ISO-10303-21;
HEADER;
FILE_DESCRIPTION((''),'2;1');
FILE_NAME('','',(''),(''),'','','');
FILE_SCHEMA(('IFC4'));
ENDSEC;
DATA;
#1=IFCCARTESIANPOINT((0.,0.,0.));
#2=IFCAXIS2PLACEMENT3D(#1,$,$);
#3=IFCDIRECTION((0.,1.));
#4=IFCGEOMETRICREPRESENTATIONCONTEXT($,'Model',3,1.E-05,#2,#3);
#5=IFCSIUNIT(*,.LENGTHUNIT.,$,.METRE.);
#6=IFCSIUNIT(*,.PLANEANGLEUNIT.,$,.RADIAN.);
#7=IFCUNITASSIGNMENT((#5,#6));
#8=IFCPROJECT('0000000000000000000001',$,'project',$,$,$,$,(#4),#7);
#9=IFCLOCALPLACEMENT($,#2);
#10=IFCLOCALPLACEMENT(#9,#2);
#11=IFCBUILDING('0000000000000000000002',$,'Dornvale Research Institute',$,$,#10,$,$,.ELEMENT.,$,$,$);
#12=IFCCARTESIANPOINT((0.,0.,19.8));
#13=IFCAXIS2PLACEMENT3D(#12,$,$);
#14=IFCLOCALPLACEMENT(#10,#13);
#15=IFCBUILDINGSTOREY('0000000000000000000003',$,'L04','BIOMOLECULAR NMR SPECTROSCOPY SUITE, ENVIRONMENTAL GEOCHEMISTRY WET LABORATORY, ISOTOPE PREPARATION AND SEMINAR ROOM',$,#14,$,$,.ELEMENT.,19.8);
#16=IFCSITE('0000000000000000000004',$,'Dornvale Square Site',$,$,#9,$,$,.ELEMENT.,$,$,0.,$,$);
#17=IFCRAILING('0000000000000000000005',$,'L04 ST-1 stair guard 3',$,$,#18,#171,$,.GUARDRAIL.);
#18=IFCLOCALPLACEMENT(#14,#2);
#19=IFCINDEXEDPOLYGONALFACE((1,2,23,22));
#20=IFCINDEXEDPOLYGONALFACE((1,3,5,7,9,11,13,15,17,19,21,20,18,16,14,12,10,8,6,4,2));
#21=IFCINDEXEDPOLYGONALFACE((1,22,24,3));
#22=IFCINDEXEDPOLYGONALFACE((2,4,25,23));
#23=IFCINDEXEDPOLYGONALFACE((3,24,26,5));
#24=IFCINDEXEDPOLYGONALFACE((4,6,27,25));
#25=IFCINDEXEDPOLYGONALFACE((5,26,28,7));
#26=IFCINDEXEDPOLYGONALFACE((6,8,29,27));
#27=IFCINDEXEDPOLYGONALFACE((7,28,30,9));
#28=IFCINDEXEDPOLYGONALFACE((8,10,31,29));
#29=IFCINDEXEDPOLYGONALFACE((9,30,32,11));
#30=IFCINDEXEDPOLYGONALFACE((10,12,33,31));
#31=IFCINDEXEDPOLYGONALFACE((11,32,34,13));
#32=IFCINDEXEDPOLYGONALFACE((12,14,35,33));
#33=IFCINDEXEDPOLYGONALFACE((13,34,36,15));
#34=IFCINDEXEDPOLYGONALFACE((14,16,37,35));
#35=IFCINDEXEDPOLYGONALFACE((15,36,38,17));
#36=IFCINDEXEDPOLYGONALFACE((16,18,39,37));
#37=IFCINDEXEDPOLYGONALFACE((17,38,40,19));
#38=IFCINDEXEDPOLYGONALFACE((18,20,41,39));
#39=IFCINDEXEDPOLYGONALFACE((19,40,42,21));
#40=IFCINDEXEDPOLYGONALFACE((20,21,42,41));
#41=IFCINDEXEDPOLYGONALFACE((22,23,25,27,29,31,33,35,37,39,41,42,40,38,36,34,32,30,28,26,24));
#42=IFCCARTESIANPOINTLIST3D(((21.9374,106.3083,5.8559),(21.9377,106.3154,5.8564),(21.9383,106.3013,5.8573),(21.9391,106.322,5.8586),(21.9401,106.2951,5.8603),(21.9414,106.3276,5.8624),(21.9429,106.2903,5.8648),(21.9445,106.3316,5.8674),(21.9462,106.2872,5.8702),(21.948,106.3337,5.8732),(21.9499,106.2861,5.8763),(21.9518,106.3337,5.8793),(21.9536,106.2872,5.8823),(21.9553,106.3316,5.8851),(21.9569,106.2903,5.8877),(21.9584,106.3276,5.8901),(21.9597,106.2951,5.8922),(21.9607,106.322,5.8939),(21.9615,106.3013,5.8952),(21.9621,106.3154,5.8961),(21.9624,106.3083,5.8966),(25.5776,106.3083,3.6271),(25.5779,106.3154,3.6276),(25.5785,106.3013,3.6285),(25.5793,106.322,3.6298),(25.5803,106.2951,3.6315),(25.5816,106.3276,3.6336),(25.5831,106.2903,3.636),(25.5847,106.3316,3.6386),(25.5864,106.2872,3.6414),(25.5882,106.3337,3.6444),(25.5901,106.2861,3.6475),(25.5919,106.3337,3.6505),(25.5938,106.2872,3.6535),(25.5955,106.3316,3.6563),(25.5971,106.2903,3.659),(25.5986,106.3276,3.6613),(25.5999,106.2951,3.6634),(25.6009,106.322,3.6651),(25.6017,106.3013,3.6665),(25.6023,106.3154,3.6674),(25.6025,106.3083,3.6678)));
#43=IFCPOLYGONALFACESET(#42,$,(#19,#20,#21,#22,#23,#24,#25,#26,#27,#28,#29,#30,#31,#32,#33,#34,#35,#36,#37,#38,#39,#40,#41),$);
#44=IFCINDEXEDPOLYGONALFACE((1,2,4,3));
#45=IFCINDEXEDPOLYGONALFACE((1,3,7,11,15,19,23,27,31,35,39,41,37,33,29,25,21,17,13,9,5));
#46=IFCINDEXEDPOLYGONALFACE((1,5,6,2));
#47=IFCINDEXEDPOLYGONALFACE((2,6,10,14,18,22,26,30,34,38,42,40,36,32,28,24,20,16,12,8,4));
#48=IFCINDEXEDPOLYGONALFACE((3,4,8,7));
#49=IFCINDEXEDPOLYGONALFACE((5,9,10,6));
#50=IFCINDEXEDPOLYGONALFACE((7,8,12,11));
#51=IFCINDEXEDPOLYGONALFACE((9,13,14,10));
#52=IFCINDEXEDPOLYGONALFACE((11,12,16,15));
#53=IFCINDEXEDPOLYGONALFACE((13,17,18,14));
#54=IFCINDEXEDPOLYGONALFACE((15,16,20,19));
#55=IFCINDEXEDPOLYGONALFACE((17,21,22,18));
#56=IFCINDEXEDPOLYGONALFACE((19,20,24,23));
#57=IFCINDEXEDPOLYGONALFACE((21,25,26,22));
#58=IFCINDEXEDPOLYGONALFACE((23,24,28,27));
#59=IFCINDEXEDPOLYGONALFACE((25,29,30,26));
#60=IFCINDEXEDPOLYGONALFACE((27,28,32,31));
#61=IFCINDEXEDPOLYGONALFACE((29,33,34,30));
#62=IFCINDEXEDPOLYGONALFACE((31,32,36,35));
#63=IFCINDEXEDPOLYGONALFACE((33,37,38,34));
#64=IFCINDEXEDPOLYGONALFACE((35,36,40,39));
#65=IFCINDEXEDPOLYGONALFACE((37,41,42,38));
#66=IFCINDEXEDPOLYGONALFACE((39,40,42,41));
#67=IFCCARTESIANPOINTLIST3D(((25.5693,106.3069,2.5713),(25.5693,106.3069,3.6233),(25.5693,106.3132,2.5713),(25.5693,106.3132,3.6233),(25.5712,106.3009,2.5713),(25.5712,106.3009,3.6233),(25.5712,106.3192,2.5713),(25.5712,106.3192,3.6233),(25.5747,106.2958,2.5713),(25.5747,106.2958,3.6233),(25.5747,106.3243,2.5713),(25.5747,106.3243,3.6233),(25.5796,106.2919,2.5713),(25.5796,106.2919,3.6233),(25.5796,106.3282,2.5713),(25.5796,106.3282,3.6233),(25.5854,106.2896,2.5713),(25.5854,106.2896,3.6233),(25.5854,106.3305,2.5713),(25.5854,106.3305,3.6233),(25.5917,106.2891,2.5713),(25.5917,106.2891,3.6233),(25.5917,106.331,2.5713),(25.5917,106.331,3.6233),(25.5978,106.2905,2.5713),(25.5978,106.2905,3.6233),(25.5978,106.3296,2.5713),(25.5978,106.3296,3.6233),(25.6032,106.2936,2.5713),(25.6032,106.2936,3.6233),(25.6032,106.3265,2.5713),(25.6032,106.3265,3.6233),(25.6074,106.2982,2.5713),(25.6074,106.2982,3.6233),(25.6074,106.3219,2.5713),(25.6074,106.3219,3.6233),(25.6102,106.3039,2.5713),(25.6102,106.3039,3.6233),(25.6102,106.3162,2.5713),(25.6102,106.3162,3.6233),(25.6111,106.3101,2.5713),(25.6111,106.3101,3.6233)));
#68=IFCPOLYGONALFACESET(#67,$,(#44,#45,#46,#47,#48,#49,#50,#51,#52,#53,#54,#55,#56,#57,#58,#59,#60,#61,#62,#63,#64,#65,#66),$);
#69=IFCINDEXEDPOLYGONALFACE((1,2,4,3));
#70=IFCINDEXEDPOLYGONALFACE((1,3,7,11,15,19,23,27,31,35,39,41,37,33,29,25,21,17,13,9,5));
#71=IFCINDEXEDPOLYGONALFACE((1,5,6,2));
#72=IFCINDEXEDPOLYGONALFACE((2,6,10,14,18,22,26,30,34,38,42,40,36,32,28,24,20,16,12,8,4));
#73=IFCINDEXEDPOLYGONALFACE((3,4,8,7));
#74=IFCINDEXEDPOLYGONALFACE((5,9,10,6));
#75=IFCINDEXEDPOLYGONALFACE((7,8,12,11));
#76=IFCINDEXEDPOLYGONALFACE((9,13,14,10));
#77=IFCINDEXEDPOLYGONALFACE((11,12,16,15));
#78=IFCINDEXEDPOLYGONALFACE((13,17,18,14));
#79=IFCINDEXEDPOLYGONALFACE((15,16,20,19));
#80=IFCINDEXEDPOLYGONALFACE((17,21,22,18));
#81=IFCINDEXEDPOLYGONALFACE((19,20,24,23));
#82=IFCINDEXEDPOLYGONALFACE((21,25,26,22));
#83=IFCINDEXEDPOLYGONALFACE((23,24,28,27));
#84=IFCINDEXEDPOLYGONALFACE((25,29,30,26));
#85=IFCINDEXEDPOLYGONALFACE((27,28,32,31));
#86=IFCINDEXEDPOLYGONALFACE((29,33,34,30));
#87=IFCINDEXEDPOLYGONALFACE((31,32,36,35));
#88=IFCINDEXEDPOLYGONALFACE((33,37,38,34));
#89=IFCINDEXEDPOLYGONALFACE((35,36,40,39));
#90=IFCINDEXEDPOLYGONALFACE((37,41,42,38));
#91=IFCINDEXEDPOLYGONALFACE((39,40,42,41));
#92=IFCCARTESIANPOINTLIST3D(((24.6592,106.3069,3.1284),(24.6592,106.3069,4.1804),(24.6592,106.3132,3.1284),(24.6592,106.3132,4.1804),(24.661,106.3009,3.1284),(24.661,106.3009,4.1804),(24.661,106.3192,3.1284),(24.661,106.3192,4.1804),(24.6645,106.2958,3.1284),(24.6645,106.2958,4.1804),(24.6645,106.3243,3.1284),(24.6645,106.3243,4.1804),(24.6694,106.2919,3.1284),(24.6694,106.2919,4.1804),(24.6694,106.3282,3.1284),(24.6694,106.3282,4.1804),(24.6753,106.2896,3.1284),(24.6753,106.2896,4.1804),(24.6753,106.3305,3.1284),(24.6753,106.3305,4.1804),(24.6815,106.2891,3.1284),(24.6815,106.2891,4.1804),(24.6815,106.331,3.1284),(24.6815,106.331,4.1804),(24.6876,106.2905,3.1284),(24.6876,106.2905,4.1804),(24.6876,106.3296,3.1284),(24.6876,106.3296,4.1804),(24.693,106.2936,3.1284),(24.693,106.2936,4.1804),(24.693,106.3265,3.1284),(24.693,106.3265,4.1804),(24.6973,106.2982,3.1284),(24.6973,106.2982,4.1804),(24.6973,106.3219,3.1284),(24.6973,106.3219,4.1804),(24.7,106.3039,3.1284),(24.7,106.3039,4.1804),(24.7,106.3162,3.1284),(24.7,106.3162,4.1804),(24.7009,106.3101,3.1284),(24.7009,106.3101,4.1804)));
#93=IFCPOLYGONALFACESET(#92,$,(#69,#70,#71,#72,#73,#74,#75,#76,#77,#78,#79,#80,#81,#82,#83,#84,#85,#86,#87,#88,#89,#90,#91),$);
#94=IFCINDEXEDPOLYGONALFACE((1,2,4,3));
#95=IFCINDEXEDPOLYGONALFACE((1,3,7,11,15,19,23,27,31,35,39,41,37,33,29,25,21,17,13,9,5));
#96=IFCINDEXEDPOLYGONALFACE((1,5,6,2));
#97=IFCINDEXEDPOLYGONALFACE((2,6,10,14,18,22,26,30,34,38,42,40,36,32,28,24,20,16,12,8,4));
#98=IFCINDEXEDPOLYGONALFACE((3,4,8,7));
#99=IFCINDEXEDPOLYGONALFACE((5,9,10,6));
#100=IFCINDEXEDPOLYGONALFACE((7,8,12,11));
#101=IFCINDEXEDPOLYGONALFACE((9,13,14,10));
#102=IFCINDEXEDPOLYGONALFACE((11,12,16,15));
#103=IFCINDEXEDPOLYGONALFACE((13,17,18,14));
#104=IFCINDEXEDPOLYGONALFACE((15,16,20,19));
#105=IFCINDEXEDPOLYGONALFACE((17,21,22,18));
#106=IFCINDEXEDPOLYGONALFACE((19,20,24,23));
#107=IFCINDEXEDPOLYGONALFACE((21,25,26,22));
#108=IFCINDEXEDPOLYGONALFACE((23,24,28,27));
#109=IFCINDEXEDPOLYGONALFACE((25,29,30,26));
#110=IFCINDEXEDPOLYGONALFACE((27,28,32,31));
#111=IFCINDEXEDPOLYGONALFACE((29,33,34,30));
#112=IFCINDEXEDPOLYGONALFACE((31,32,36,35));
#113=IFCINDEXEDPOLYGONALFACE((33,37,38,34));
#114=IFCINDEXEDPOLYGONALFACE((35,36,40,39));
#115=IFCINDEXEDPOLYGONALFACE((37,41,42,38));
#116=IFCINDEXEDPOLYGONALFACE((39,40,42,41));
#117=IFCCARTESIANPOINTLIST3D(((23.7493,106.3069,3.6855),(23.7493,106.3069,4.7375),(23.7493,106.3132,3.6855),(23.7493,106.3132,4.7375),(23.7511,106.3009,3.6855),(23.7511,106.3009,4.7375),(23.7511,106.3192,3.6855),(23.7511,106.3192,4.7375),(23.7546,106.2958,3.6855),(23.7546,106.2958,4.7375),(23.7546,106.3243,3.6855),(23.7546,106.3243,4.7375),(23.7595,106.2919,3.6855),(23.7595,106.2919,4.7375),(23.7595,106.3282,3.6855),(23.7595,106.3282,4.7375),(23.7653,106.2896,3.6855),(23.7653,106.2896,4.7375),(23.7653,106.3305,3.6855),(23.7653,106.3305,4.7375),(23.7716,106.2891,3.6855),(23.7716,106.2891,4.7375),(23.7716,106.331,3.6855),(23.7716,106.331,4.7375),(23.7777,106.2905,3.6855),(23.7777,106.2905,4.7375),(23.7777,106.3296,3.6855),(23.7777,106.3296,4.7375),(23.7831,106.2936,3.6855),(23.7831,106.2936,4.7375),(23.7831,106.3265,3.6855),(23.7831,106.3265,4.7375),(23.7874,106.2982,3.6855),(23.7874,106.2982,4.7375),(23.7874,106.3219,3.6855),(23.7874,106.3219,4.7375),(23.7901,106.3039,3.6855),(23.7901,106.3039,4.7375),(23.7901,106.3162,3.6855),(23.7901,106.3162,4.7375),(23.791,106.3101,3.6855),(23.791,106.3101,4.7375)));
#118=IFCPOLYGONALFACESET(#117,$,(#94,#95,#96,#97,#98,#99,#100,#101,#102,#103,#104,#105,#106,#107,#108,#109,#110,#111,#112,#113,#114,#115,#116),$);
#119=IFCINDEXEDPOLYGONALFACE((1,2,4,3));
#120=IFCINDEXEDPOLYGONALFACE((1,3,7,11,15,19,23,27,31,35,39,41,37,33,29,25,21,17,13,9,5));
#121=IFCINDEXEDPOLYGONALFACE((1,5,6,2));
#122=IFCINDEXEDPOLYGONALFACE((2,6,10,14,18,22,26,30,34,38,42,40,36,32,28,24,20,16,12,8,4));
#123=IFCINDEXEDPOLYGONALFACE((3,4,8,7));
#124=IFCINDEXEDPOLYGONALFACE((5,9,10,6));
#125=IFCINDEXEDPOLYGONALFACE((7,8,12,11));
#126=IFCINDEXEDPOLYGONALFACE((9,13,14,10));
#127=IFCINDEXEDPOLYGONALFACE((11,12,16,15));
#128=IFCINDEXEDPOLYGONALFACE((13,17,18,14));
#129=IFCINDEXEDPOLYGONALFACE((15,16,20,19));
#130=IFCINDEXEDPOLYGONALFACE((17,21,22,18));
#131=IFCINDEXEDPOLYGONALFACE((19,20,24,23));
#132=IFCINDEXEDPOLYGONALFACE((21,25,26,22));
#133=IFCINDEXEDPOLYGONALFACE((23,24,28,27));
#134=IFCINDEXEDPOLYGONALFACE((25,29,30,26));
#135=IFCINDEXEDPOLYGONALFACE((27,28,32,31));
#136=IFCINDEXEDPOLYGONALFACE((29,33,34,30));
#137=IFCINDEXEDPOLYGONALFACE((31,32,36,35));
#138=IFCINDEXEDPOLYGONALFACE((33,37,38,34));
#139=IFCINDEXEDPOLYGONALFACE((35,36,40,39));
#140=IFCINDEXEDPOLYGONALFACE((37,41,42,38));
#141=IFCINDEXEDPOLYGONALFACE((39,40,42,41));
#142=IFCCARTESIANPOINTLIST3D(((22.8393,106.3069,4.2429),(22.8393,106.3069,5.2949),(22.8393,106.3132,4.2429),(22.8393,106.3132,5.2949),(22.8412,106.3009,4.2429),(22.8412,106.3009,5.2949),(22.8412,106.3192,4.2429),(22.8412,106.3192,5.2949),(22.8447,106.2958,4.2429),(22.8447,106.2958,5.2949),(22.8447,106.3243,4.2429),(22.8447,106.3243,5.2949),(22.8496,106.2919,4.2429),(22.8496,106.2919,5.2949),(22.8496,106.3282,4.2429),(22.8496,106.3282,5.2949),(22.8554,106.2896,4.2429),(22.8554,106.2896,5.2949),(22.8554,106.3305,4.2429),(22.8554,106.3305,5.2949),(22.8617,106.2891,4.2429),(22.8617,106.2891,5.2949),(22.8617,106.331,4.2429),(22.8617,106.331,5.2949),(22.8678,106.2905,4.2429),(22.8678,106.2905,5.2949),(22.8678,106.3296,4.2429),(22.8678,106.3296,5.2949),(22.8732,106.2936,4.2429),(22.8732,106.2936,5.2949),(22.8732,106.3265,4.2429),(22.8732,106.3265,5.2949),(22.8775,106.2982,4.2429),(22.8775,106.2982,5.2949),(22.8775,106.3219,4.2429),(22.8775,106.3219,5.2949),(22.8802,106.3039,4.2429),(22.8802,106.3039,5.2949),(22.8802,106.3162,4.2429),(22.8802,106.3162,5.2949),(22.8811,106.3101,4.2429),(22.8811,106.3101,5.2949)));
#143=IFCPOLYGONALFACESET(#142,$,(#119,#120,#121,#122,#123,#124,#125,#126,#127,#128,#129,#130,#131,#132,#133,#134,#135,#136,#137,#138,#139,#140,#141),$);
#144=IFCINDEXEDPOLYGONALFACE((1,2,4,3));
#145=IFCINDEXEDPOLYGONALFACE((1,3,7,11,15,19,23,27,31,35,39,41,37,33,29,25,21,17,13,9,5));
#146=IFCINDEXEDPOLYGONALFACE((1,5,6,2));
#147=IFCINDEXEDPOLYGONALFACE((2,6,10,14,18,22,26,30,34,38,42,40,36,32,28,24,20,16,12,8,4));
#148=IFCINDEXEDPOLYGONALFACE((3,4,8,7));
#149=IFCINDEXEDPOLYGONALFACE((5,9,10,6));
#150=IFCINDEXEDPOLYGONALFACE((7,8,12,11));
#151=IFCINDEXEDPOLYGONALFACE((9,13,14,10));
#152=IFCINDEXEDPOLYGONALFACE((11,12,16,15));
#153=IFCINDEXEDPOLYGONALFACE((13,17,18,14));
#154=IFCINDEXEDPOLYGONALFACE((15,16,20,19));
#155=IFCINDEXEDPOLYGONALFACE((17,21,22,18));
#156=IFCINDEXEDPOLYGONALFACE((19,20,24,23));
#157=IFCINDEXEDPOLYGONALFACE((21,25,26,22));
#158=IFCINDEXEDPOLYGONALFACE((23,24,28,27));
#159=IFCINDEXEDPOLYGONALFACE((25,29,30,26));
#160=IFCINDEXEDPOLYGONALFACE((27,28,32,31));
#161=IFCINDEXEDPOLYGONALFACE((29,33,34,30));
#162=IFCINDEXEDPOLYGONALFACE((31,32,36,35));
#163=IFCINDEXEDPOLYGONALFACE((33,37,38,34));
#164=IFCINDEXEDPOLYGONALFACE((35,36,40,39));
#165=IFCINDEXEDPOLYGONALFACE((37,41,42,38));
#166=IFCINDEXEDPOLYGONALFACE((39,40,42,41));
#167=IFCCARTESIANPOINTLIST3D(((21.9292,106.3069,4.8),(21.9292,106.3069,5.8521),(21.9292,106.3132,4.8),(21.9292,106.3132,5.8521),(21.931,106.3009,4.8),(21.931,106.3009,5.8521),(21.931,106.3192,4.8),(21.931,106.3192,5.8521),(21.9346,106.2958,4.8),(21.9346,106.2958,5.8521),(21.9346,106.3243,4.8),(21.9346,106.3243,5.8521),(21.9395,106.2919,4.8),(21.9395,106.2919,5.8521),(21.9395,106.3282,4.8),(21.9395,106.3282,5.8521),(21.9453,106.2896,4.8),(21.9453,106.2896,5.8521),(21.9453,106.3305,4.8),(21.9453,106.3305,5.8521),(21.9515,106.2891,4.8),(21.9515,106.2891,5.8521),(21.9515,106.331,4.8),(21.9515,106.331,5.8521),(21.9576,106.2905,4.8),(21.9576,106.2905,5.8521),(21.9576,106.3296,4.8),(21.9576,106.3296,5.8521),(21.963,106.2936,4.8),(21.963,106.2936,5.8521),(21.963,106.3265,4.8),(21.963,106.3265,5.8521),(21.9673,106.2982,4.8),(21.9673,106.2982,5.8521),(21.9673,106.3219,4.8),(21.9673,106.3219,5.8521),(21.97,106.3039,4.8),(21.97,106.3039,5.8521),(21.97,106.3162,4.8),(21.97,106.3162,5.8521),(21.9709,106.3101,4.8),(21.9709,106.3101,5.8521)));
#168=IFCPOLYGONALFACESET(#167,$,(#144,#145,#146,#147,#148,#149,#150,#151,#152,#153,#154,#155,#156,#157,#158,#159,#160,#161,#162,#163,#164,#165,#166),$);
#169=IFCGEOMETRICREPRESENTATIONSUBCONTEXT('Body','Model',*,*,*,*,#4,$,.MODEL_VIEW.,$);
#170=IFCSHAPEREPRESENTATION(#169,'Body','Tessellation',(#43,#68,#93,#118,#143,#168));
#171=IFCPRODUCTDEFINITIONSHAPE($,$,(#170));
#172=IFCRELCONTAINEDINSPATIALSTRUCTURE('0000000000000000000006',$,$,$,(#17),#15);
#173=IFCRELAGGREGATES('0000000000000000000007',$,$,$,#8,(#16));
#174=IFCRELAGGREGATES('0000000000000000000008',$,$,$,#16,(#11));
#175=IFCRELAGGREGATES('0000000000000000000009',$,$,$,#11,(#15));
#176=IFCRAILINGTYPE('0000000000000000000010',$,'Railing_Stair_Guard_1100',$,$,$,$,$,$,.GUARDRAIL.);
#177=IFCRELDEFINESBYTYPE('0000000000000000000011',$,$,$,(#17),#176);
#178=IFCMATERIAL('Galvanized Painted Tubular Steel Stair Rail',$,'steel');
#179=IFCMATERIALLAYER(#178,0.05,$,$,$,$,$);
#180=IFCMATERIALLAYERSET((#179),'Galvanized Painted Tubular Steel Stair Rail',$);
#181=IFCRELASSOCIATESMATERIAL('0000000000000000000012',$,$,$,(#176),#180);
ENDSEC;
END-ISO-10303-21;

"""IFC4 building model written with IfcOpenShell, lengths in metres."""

from ifc_helpers import new_model, si_unit, direction, frame, origin, origin_2d, place, context, subcontext, project, spatial, circle, extrude, material, layer, layer_set, type_object, element, save


model = new_model("IFC4")

# Units and contexts
model_context = context("Model", 3, precision=1e-05, world=origin(), true_north=direction((0.0, 1.0)))
body_context = subcontext(model_context, "Body", "Model", "MODEL_VIEW")
ifc_project = project(units=[si_unit("LENGTHUNIT", "METRE"), si_unit("PLANEANGLEUNIT", "RADIAN")], contexts=[model_context])

# Site, building, storey
site_placement = place(None, origin())
site = spatial("IfcSite", under=ifc_project, at=site_placement, Name="Dornvale Square Site", CompositionType="ELEMENT", RefElevation=0.0)
building_placement = place(site_placement, origin())
building = spatial("IfcBuilding", under=site, at=building_placement, Name="Dornvale Research Institute", CompositionType="ELEMENT")
storey_placement = place(building_placement, frame((0.0, 0.0, 19.8)))
storey = spatial("IfcBuildingStorey", under=building, at=storey_placement, Name="L04", Description="BIOMOLECULAR NMR SPECTROSCOPY SUITE, ENVIRONMENTAL GEOCHEMISTRY WET LABORATORY, ISOTOPE PREPARATION AND SEMINAR ROOM", CompositionType="ELEMENT", Elevation=19.8)

# Railing
ifc_material_1 = material(Name="Galvanized Painted Tubular Steel Stair Rail", Category="steel")
ifc_layer_1 = layer(ifc_material_1, 0.05)
ifc_layer_set_1 = layer_set([ifc_layer_1], Name="Galvanized Painted Tubular Steel Stair Rail")
railing_type_1 = type_object("IfcRailingType", Name="Railing_Stair_Guard_1100", PredefinedType="GUARDRAIL", material=ifc_layer_set_1)
railing_1_placement = place(storey_placement, frame((25.5901, 106.3101, 2.5713)))
element("IfcRailing", 1, at=railing_1_placement, inside=storey, type_object=railing_type_1, Name="L04 ST-1 stair guard 3", PredefinedType="GUARDRAIL", context=body_context, shape_type="SweptSolid", body=[
    extrude(circle(Radius=0.0239, at=origin_2d()), frame((0.0, 0.0, 1.0762), z_axis=(-0.85284, 0.0, 0.522172), x_axis=(0.0, -1.0, 0.0)), (0.0, 0.0, 1.0), 4.2683),
    extrude(circle(Radius=0.021, at=origin_2d()), origin(), (0.0, 0.0, 1.0), 1.052),
    extrude(circle(Radius=0.021, at=origin_2d()), frame((-0.9102, 0.0, 0.5571)), (0.0, 0.0, 1.0), 1.052),
    extrude(circle(Radius=0.021, at=origin_2d()), frame((-1.8201, 0.0, 1.1143)), (0.0, 0.0, 1.0), 1.052),
    extrude(circle(Radius=0.021, at=origin_2d()), frame((-2.73, 0.0, 1.6716)), (0.0, 0.0, 1.0), 1.052),
    extrude(circle(Radius=0.021, at=origin_2d()), frame((-3.6401, 0.0, 2.2288)), (0.0, 0.0, 1.0), 1.052),
])

save(model, "model.ifc")
